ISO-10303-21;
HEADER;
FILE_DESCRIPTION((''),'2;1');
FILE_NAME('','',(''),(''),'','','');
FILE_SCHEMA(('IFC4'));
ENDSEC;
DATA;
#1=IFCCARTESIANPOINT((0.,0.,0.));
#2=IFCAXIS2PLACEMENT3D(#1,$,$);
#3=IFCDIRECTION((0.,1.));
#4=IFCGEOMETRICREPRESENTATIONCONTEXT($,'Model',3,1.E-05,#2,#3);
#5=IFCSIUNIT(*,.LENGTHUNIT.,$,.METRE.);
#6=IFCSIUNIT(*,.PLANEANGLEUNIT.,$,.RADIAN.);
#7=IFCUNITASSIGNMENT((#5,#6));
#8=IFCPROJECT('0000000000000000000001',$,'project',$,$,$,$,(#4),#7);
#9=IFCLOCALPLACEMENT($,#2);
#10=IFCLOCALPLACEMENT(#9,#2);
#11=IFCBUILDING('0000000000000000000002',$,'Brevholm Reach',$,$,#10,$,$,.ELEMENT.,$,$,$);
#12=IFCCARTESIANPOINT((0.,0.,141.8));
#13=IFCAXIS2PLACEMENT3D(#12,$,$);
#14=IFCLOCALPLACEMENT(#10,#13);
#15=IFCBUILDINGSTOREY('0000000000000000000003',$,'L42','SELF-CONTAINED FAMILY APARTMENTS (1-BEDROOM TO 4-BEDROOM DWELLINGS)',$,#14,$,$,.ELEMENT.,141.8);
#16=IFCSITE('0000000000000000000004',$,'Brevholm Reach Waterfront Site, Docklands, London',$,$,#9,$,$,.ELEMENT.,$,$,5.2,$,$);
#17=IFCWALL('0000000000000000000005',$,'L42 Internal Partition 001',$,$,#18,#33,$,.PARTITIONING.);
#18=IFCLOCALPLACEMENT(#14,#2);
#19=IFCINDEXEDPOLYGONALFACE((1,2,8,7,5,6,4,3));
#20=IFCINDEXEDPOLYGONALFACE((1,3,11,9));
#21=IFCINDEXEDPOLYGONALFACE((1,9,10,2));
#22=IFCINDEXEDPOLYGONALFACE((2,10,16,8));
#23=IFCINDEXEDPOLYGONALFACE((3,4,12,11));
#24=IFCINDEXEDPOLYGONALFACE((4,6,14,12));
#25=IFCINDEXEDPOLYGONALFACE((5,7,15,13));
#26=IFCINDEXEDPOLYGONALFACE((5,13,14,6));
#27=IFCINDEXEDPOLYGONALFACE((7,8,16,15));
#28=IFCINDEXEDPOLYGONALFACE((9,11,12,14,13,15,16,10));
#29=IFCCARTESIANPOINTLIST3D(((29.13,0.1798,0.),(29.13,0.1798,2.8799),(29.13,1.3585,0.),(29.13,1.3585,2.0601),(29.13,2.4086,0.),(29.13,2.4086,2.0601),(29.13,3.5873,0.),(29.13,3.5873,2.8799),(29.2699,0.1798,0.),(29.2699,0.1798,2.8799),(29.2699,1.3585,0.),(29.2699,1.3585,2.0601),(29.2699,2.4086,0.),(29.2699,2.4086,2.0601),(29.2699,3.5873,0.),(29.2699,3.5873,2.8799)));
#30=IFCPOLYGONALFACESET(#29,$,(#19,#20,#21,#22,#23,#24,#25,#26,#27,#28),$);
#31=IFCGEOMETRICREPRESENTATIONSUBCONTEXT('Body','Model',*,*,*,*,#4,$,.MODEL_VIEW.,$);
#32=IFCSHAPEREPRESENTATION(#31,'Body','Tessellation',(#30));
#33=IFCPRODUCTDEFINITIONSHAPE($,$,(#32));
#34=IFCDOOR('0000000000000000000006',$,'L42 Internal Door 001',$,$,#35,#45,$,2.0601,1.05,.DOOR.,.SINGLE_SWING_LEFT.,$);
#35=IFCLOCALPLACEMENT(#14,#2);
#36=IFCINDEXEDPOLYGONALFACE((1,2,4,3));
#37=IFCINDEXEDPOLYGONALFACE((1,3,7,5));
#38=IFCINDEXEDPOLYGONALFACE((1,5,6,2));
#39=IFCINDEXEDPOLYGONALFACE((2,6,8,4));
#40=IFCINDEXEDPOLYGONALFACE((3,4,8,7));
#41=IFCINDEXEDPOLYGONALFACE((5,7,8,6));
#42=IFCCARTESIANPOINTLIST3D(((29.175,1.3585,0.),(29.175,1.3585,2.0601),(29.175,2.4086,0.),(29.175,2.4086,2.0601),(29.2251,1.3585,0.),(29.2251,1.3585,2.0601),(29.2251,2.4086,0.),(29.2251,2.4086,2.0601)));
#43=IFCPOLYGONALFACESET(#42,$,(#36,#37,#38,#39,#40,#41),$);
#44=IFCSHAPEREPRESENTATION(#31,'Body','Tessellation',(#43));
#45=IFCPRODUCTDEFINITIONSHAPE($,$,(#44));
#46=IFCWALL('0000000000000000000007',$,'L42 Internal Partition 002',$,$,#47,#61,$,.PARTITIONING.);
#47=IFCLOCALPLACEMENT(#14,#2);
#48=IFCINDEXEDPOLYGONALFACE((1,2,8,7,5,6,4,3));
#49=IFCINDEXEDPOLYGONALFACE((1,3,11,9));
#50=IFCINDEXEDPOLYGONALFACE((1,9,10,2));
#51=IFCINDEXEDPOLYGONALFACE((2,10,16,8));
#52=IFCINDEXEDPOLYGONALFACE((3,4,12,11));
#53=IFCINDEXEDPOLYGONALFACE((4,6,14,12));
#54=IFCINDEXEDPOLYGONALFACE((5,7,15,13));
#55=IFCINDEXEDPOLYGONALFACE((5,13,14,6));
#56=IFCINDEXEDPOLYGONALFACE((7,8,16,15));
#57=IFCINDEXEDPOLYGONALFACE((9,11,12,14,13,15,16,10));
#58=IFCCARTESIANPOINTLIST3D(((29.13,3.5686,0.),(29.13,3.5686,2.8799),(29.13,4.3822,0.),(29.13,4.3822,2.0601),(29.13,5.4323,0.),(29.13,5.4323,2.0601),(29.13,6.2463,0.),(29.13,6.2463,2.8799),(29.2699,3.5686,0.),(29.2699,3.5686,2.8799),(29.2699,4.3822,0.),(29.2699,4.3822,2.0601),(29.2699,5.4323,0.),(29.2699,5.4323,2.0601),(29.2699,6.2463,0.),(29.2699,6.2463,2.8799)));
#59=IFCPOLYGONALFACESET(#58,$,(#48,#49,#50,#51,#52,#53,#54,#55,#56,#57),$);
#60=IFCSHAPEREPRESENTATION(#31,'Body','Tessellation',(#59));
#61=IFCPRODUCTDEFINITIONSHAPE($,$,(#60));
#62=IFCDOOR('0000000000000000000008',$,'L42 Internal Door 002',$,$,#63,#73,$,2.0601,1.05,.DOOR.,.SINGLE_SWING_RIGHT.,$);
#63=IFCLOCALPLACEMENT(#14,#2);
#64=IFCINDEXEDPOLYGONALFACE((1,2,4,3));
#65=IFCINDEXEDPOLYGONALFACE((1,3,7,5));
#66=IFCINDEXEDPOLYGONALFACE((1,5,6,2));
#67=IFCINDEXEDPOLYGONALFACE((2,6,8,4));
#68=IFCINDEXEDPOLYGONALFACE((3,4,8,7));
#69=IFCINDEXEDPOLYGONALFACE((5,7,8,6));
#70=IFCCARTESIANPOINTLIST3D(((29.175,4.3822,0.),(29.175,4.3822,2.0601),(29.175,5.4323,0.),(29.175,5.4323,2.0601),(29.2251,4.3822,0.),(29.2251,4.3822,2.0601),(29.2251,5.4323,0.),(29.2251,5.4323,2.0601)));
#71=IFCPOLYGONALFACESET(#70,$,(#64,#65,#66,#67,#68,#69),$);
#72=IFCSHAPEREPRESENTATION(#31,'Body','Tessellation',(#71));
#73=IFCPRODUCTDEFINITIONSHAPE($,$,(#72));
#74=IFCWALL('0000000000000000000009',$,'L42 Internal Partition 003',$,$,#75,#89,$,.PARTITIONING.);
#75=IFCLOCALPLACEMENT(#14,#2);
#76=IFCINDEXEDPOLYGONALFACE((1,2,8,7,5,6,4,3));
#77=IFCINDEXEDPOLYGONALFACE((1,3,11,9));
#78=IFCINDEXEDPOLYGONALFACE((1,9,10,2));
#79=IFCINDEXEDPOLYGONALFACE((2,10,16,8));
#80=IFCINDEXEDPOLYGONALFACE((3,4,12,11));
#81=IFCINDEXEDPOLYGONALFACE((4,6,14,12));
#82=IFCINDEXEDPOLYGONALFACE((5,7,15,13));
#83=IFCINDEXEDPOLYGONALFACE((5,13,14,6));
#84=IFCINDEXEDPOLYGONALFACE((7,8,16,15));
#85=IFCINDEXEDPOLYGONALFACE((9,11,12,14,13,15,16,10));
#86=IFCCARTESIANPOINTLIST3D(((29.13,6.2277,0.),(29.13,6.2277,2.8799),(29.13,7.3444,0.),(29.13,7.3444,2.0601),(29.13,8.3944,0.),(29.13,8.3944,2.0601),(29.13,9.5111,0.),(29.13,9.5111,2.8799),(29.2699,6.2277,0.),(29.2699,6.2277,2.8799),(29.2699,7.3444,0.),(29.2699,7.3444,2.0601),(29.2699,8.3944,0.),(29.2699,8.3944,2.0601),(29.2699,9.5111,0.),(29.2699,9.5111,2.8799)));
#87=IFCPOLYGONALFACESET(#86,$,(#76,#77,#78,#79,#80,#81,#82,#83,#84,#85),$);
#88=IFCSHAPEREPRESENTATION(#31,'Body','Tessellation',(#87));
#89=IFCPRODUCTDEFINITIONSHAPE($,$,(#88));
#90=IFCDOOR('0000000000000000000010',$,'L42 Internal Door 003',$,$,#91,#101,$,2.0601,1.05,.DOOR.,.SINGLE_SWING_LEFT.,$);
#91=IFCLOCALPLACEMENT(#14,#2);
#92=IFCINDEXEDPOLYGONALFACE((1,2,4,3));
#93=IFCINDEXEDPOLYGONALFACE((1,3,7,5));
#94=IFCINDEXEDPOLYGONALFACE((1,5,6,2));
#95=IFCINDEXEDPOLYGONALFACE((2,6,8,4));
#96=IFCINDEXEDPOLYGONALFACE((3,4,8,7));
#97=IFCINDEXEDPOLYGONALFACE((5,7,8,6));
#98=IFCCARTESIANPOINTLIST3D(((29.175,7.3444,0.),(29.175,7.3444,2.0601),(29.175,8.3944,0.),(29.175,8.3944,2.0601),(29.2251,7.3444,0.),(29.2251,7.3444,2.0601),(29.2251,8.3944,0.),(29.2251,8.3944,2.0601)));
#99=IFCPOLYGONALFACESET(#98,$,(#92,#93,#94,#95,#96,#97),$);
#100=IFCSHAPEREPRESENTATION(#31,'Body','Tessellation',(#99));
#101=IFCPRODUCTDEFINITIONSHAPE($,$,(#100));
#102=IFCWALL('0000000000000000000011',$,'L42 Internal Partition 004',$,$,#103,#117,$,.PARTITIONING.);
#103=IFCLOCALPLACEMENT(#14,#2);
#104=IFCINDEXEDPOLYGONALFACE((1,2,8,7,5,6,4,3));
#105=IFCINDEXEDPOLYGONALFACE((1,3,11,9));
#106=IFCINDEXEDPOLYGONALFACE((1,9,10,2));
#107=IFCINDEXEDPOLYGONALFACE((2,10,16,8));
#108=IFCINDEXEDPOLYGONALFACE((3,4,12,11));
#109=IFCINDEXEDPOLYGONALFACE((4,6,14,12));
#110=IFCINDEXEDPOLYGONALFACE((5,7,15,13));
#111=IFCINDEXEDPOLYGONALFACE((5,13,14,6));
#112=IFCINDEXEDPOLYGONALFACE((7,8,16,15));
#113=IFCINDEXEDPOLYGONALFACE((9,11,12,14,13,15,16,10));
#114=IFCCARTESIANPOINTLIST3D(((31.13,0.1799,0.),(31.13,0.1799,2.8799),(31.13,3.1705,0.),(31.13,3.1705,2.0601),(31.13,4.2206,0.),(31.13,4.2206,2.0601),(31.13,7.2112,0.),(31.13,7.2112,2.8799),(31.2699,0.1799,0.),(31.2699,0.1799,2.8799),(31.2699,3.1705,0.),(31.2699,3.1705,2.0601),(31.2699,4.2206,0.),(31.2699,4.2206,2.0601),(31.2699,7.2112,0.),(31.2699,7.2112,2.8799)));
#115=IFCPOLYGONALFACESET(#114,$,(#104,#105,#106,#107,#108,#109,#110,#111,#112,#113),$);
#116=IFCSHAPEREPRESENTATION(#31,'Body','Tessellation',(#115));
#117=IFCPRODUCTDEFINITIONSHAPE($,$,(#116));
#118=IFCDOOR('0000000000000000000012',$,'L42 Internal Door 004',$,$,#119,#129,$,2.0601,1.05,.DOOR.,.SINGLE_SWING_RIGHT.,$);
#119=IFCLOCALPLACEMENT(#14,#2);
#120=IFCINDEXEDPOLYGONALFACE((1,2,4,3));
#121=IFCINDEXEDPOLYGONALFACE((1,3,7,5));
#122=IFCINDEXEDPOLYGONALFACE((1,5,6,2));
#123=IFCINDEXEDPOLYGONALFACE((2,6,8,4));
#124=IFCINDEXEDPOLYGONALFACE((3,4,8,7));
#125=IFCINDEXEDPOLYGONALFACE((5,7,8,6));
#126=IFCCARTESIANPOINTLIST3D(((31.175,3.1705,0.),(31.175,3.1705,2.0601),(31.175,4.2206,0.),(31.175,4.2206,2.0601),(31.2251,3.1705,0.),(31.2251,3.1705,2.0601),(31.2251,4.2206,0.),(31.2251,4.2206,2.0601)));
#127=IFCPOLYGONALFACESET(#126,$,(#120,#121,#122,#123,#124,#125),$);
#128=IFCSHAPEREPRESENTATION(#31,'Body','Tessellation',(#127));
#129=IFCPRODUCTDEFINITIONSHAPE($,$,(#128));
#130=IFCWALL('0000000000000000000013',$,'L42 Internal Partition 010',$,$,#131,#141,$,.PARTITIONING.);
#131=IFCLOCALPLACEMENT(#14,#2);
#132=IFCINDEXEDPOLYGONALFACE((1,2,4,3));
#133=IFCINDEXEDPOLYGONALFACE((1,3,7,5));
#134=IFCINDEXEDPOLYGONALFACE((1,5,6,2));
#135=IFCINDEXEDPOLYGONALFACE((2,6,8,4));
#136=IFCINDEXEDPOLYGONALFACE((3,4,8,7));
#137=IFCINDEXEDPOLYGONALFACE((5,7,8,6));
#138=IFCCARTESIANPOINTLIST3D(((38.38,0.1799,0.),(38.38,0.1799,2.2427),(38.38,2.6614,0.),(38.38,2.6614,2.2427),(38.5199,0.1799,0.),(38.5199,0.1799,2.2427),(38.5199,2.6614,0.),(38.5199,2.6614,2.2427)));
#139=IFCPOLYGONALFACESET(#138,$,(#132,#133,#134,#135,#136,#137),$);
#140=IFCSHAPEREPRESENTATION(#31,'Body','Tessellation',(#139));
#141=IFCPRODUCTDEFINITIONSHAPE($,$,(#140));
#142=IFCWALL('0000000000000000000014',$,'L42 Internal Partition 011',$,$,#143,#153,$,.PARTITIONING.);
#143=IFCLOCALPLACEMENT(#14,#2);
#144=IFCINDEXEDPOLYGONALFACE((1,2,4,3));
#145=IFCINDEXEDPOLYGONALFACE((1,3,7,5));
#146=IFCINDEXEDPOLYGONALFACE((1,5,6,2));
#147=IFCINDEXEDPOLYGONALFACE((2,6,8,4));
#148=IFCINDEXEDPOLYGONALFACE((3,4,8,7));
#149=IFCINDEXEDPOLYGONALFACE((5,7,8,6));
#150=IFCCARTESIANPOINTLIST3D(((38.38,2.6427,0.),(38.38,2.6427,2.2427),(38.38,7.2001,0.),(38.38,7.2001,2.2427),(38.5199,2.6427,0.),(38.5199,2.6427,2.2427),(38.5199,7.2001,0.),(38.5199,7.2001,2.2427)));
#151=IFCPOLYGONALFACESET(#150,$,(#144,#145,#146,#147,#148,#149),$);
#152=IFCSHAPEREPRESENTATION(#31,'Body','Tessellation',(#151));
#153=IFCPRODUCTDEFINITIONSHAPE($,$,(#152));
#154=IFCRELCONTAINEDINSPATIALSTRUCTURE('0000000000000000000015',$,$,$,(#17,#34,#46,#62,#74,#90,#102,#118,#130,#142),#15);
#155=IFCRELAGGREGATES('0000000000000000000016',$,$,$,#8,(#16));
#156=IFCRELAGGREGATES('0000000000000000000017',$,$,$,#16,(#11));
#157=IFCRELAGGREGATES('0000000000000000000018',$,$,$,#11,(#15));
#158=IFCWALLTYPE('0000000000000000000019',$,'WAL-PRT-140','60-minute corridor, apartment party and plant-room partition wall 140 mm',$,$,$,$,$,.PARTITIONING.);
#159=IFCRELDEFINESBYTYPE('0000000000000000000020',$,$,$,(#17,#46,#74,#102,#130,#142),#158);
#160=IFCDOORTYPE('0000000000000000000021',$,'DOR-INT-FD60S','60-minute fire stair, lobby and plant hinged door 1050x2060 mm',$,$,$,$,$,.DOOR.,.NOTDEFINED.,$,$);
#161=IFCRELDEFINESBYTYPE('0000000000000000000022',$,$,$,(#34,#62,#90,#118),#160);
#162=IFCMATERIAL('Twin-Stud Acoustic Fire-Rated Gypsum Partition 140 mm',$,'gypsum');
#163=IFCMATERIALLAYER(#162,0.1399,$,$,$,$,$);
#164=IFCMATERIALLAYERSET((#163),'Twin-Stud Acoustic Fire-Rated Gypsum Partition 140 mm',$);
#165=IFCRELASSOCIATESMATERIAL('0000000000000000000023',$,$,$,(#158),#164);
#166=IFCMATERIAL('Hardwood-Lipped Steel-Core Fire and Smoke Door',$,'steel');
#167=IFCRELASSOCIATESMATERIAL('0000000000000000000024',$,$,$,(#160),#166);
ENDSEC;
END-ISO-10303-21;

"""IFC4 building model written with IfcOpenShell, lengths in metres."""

from ifc_helpers import new_model, si_unit, direction, frame, frame_2d, origin, place, context, subcontext, project, spatial, rectangle, extrude, material, layer, layer_set, type_object, element, fill, save


model = new_model("IFC4")

# Units and contexts
model_context = context("Model", 3, precision=1e-05, world=origin(), true_north=direction((0.0, 1.0)))
body_context = subcontext(model_context, "Body", "Model", "MODEL_VIEW")
ifc_project = project(units=[si_unit("LENGTHUNIT", "METRE"), si_unit("PLANEANGLEUNIT", "RADIAN")], contexts=[model_context])

# Site, building, storey
site_placement = place(None, origin())
site = spatial("IfcSite", under=ifc_project, at=site_placement, Name="Brevholm Reach Waterfront Site, Docklands, London", CompositionType="ELEMENT", RefElevation=5.2)
building_placement = place(site_placement, origin())
building = spatial("IfcBuilding", under=site, at=building_placement, Name="Brevholm Reach", CompositionType="ELEMENT")
storey_placement = place(building_placement, frame((0.0, 0.0, 141.8)))
storey = spatial("IfcBuildingStorey", under=building, at=storey_placement, Name="L42", Description="SELF-CONTAINED FAMILY APARTMENTS (1-BEDROOM TO 4-BEDROOM DWELLINGS)", CompositionType="ELEMENT", Elevation=141.8)

# Walls, openings, doors
ifc_material_1 = material(Name="Twin-Stud Acoustic Fire-Rated Gypsum Partition 140 mm", Category="gypsum")
ifc_layer_1 = layer(ifc_material_1, 0.1399)
ifc_layer_set_1 = layer_set([ifc_layer_1], Name="Twin-Stud Acoustic Fire-Rated Gypsum Partition 140 mm")
wall_type_1 = type_object("IfcWallType", Name="WAL-PRT-140", Description="60-minute corridor, apartment party and plant-room partition wall 140 mm", PredefinedType="PARTITIONING", material=ifc_layer_set_1)
wall_1_placement = place(storey_placement, frame((29.2, 0.1799, 0.0), z_axis=(0.0, 0.0, 1.0), x_axis=(0.0, 1.0, 0.0)))
wall_1 = element("IfcWall", 1, at=wall_1_placement, inside=storey, type_object=wall_type_1, Name="L42 Internal Partition 001", PredefinedType="PARTITIONING", context=body_context, shape_type="SweptSolid", body=[
    extrude(rectangle(XDim=3.4075, YDim=0.1399, at=frame_2d((1.7036, 0.0))), origin(), (0.0, 0.0, 1.0), 2.8799),
])
opening_1_placement = place(wall_1_placement, frame((1.1787, 0.0, 0.0)))
opening_1 = element("IfcOpeningElement", 2, at=opening_1_placement, cuts=wall_1, PredefinedType="OPENING", context=body_context, shape_type="SweptSolid", body=[
    extrude(rectangle(XDim=1.05, YDim=2.0601, at=frame_2d((0.5249, 1.03))), frame((0.0, 0.0798, 0.0), z_axis=(0.0, -1.0, 0.0), x_axis=(1.0, 0.0, 0.0)), (0.0, 0.0, 1.0), 0.1599),
])
ifc_material_2 = material(Name="Hardwood-Lipped Steel-Core Fire and Smoke Door", Category="steel")
door_type_1 = type_object("IfcDoorType", Name="DOR-INT-FD60S", Description="60-minute fire stair, lobby and plant hinged door 1050x2060 mm", OperationType="NOTDEFINED", PredefinedType="DOOR", material=ifc_material_2)
door_1_placement = place(opening_1_placement, origin())
door_1 = element("IfcDoor", 3, at=door_1_placement, inside=storey, type_object=door_type_1, Name="L42 Internal Door 001", OperationType="SINGLE_SWING_LEFT", OverallHeight=2.0601, OverallWidth=1.05, PredefinedType="DOOR", context=body_context, shape_type="SweptSolid", body=[
    extrude(rectangle(XDim=1.05, YDim=2.0601, at=frame_2d((0.5249, 1.03))), frame((0.0, 0.0249, 0.0), z_axis=(0.0, -1.0, 0.0), x_axis=(1.0, 0.0, 0.0)), (0.0, 0.0, 1.0), 0.05),
])
fill(opening_1, door_1)
wall_2_placement = place(storey_placement, frame((29.2, 3.5686, 0.0), z_axis=(0.0, 0.0, 1.0), x_axis=(0.0, 1.0, 0.0)))
wall_2 = element("IfcWall", 4, at=wall_2_placement, inside=storey, type_object=wall_type_1, Name="L42 Internal Partition 002", PredefinedType="PARTITIONING", context=body_context, shape_type="SweptSolid", body=[
    extrude(rectangle(XDim=2.6777, YDim=0.1399, at=frame_2d((1.3389, 0.0))), origin(), (0.0, 0.0, 1.0), 2.8799),
])
opening_2_placement = place(wall_2_placement, frame((0.8137, 0.0, 0.0)))
opening_2 = element("IfcOpeningElement", 5, at=opening_2_placement, cuts=wall_2, PredefinedType="OPENING", context=body_context, shape_type="SweptSolid", body=[
    extrude(rectangle(XDim=1.05, YDim=2.0601, at=frame_2d((0.5249, 1.03))), frame((0.0, 0.0798, 0.0), z_axis=(0.0, -1.0, 0.0), x_axis=(1.0, 0.0, 0.0)), (0.0, 0.0, 1.0), 0.1599),
])
door_2_placement = place(opening_2_placement, origin())
door_2 = element("IfcDoor", 6, at=door_2_placement, inside=storey, type_object=door_type_1, Name="L42 Internal Door 002", OperationType="SINGLE_SWING_RIGHT", OverallHeight=2.0601, OverallWidth=1.05, PredefinedType="DOOR", context=body_context, shape_type="SweptSolid", body=[
    extrude(rectangle(XDim=1.05, YDim=2.0601, at=frame_2d((0.5249, 1.03))), frame((0.0, 0.0249, 0.0), z_axis=(0.0, -1.0, 0.0), x_axis=(1.0, 0.0, 0.0)), (0.0, 0.0, 1.0), 0.05),
])
fill(opening_2, door_2)
wall_3_placement = place(storey_placement, frame((29.2, 6.2278, 0.0), z_axis=(0.0, 0.0, 1.0), x_axis=(0.0, 1.0, 0.0)))
wall_3 = element("IfcWall", 7, at=wall_3_placement, inside=storey, type_object=wall_type_1, Name="L42 Internal Partition 003", PredefinedType="PARTITIONING", context=body_context, shape_type="SweptSolid", body=[
    extrude(rectangle(XDim=3.2834, YDim=0.1399, at=frame_2d((1.6416, 0.0))), origin(), (0.0, 0.0, 1.0), 2.8799),
])
opening_3_placement = place(wall_3_placement, frame((1.1167, 0.0, 0.0)))
opening_3 = element("IfcOpeningElement", 8, at=opening_3_placement, cuts=wall_3, PredefinedType="OPENING", context=body_context, shape_type="SweptSolid", body=[
    extrude(rectangle(XDim=1.05, YDim=2.0601, at=frame_2d((0.5249, 1.03))), frame((0.0, 0.0798, 0.0), z_axis=(0.0, -1.0, 0.0), x_axis=(1.0, 0.0, 0.0)), (0.0, 0.0, 1.0), 0.1599),
])
door_3_placement = place(opening_3_placement, origin())
door_3 = element("IfcDoor", 9, at=door_3_placement, inside=storey, type_object=door_type_1, Name="L42 Internal Door 003", OperationType="SINGLE_SWING_LEFT", OverallHeight=2.0601, OverallWidth=1.05, PredefinedType="DOOR", context=body_context, shape_type="SweptSolid", body=[
    extrude(rectangle(XDim=1.05, YDim=2.0601, at=frame_2d((0.5249, 1.03))), frame((0.0, 0.0249, 0.0), z_axis=(0.0, -1.0, 0.0), x_axis=(1.0, 0.0, 0.0)), (0.0, 0.0, 1.0), 0.05),
])
fill(opening_3, door_3)
wall_4_placement = place(storey_placement, frame((31.2, 0.1799, 0.0), z_axis=(0.0, 0.0, 1.0), x_axis=(0.0, 1.0, 0.0)))
wall_4 = element("IfcWall", 10, at=wall_4_placement, inside=storey, type_object=wall_type_1, Name="L42 Internal Partition 004", PredefinedType="PARTITIONING", context=body_context, shape_type="SweptSolid", body=[
    extrude(rectangle(XDim=7.0312, YDim=0.1399, at=frame_2d((3.5156, 0.0))), origin(), (0.0, 0.0, 1.0), 2.8799),
])
opening_4_placement = place(wall_4_placement, frame((2.9907, 0.0, 0.0)))
opening_4 = element("IfcOpeningElement", 11, at=opening_4_placement, cuts=wall_4, PredefinedType="OPENING", context=body_context, shape_type="SweptSolid", body=[
    extrude(rectangle(XDim=1.05, YDim=2.0601, at=frame_2d((0.5249, 1.03))), frame((0.0, 0.0798, 0.0), z_axis=(0.0, -1.0, 0.0), x_axis=(1.0, 0.0, 0.0)), (0.0, 0.0, 1.0), 0.1599),
])
door_4_placement = place(opening_4_placement, origin())
door_4 = element("IfcDoor", 12, at=door_4_placement, inside=storey, type_object=door_type_1, Name="L42 Internal Door 004", OperationType="SINGLE_SWING_RIGHT", OverallHeight=2.0601, OverallWidth=1.05, PredefinedType="DOOR", context=body_context, shape_type="SweptSolid", body=[
    extrude(rectangle(XDim=1.05, YDim=2.0601, at=frame_2d((0.5249, 1.03))), frame((0.0, 0.0249, 0.0), z_axis=(0.0, -1.0, 0.0), x_axis=(1.0, 0.0, 0.0)), (0.0, 0.0, 1.0), 0.05),
])
fill(opening_4, door_4)

# Walls
wall_5_placement = place(storey_placement, frame((38.45, 0.1799, 0.0), z_axis=(0.0, 0.0, 1.0), x_axis=(0.0, 1.0, 0.0)))
element("IfcWall", 13, at=wall_5_placement, inside=storey, type_object=wall_type_1, Name="L42 Internal Partition 010", PredefinedType="PARTITIONING", context=body_context, shape_type="SweptSolid", body=[
    extrude(rectangle(XDim=2.4814, YDim=0.1399, at=frame_2d((1.2407, 0.0))), origin(), (0.0, 0.0, 1.0), 2.2427),
])
wall_6_placement = place(storey_placement, frame((38.45, 2.6426, 0.0), z_axis=(0.0, 0.0, 1.0), x_axis=(0.0, 1.0, 0.0)))
element("IfcWall", 14, at=wall_6_placement, inside=storey, type_object=wall_type_1, Name="L42 Internal Partition 011", PredefinedType="PARTITIONING", context=body_context, shape_type="SweptSolid", body=[
    extrude(rectangle(XDim=4.5574, YDim=0.1399, at=frame_2d((2.2788, 0.0))), origin(), (0.0, 0.0, 1.0), 2.2427),
])

save(model, "model.ifc")
